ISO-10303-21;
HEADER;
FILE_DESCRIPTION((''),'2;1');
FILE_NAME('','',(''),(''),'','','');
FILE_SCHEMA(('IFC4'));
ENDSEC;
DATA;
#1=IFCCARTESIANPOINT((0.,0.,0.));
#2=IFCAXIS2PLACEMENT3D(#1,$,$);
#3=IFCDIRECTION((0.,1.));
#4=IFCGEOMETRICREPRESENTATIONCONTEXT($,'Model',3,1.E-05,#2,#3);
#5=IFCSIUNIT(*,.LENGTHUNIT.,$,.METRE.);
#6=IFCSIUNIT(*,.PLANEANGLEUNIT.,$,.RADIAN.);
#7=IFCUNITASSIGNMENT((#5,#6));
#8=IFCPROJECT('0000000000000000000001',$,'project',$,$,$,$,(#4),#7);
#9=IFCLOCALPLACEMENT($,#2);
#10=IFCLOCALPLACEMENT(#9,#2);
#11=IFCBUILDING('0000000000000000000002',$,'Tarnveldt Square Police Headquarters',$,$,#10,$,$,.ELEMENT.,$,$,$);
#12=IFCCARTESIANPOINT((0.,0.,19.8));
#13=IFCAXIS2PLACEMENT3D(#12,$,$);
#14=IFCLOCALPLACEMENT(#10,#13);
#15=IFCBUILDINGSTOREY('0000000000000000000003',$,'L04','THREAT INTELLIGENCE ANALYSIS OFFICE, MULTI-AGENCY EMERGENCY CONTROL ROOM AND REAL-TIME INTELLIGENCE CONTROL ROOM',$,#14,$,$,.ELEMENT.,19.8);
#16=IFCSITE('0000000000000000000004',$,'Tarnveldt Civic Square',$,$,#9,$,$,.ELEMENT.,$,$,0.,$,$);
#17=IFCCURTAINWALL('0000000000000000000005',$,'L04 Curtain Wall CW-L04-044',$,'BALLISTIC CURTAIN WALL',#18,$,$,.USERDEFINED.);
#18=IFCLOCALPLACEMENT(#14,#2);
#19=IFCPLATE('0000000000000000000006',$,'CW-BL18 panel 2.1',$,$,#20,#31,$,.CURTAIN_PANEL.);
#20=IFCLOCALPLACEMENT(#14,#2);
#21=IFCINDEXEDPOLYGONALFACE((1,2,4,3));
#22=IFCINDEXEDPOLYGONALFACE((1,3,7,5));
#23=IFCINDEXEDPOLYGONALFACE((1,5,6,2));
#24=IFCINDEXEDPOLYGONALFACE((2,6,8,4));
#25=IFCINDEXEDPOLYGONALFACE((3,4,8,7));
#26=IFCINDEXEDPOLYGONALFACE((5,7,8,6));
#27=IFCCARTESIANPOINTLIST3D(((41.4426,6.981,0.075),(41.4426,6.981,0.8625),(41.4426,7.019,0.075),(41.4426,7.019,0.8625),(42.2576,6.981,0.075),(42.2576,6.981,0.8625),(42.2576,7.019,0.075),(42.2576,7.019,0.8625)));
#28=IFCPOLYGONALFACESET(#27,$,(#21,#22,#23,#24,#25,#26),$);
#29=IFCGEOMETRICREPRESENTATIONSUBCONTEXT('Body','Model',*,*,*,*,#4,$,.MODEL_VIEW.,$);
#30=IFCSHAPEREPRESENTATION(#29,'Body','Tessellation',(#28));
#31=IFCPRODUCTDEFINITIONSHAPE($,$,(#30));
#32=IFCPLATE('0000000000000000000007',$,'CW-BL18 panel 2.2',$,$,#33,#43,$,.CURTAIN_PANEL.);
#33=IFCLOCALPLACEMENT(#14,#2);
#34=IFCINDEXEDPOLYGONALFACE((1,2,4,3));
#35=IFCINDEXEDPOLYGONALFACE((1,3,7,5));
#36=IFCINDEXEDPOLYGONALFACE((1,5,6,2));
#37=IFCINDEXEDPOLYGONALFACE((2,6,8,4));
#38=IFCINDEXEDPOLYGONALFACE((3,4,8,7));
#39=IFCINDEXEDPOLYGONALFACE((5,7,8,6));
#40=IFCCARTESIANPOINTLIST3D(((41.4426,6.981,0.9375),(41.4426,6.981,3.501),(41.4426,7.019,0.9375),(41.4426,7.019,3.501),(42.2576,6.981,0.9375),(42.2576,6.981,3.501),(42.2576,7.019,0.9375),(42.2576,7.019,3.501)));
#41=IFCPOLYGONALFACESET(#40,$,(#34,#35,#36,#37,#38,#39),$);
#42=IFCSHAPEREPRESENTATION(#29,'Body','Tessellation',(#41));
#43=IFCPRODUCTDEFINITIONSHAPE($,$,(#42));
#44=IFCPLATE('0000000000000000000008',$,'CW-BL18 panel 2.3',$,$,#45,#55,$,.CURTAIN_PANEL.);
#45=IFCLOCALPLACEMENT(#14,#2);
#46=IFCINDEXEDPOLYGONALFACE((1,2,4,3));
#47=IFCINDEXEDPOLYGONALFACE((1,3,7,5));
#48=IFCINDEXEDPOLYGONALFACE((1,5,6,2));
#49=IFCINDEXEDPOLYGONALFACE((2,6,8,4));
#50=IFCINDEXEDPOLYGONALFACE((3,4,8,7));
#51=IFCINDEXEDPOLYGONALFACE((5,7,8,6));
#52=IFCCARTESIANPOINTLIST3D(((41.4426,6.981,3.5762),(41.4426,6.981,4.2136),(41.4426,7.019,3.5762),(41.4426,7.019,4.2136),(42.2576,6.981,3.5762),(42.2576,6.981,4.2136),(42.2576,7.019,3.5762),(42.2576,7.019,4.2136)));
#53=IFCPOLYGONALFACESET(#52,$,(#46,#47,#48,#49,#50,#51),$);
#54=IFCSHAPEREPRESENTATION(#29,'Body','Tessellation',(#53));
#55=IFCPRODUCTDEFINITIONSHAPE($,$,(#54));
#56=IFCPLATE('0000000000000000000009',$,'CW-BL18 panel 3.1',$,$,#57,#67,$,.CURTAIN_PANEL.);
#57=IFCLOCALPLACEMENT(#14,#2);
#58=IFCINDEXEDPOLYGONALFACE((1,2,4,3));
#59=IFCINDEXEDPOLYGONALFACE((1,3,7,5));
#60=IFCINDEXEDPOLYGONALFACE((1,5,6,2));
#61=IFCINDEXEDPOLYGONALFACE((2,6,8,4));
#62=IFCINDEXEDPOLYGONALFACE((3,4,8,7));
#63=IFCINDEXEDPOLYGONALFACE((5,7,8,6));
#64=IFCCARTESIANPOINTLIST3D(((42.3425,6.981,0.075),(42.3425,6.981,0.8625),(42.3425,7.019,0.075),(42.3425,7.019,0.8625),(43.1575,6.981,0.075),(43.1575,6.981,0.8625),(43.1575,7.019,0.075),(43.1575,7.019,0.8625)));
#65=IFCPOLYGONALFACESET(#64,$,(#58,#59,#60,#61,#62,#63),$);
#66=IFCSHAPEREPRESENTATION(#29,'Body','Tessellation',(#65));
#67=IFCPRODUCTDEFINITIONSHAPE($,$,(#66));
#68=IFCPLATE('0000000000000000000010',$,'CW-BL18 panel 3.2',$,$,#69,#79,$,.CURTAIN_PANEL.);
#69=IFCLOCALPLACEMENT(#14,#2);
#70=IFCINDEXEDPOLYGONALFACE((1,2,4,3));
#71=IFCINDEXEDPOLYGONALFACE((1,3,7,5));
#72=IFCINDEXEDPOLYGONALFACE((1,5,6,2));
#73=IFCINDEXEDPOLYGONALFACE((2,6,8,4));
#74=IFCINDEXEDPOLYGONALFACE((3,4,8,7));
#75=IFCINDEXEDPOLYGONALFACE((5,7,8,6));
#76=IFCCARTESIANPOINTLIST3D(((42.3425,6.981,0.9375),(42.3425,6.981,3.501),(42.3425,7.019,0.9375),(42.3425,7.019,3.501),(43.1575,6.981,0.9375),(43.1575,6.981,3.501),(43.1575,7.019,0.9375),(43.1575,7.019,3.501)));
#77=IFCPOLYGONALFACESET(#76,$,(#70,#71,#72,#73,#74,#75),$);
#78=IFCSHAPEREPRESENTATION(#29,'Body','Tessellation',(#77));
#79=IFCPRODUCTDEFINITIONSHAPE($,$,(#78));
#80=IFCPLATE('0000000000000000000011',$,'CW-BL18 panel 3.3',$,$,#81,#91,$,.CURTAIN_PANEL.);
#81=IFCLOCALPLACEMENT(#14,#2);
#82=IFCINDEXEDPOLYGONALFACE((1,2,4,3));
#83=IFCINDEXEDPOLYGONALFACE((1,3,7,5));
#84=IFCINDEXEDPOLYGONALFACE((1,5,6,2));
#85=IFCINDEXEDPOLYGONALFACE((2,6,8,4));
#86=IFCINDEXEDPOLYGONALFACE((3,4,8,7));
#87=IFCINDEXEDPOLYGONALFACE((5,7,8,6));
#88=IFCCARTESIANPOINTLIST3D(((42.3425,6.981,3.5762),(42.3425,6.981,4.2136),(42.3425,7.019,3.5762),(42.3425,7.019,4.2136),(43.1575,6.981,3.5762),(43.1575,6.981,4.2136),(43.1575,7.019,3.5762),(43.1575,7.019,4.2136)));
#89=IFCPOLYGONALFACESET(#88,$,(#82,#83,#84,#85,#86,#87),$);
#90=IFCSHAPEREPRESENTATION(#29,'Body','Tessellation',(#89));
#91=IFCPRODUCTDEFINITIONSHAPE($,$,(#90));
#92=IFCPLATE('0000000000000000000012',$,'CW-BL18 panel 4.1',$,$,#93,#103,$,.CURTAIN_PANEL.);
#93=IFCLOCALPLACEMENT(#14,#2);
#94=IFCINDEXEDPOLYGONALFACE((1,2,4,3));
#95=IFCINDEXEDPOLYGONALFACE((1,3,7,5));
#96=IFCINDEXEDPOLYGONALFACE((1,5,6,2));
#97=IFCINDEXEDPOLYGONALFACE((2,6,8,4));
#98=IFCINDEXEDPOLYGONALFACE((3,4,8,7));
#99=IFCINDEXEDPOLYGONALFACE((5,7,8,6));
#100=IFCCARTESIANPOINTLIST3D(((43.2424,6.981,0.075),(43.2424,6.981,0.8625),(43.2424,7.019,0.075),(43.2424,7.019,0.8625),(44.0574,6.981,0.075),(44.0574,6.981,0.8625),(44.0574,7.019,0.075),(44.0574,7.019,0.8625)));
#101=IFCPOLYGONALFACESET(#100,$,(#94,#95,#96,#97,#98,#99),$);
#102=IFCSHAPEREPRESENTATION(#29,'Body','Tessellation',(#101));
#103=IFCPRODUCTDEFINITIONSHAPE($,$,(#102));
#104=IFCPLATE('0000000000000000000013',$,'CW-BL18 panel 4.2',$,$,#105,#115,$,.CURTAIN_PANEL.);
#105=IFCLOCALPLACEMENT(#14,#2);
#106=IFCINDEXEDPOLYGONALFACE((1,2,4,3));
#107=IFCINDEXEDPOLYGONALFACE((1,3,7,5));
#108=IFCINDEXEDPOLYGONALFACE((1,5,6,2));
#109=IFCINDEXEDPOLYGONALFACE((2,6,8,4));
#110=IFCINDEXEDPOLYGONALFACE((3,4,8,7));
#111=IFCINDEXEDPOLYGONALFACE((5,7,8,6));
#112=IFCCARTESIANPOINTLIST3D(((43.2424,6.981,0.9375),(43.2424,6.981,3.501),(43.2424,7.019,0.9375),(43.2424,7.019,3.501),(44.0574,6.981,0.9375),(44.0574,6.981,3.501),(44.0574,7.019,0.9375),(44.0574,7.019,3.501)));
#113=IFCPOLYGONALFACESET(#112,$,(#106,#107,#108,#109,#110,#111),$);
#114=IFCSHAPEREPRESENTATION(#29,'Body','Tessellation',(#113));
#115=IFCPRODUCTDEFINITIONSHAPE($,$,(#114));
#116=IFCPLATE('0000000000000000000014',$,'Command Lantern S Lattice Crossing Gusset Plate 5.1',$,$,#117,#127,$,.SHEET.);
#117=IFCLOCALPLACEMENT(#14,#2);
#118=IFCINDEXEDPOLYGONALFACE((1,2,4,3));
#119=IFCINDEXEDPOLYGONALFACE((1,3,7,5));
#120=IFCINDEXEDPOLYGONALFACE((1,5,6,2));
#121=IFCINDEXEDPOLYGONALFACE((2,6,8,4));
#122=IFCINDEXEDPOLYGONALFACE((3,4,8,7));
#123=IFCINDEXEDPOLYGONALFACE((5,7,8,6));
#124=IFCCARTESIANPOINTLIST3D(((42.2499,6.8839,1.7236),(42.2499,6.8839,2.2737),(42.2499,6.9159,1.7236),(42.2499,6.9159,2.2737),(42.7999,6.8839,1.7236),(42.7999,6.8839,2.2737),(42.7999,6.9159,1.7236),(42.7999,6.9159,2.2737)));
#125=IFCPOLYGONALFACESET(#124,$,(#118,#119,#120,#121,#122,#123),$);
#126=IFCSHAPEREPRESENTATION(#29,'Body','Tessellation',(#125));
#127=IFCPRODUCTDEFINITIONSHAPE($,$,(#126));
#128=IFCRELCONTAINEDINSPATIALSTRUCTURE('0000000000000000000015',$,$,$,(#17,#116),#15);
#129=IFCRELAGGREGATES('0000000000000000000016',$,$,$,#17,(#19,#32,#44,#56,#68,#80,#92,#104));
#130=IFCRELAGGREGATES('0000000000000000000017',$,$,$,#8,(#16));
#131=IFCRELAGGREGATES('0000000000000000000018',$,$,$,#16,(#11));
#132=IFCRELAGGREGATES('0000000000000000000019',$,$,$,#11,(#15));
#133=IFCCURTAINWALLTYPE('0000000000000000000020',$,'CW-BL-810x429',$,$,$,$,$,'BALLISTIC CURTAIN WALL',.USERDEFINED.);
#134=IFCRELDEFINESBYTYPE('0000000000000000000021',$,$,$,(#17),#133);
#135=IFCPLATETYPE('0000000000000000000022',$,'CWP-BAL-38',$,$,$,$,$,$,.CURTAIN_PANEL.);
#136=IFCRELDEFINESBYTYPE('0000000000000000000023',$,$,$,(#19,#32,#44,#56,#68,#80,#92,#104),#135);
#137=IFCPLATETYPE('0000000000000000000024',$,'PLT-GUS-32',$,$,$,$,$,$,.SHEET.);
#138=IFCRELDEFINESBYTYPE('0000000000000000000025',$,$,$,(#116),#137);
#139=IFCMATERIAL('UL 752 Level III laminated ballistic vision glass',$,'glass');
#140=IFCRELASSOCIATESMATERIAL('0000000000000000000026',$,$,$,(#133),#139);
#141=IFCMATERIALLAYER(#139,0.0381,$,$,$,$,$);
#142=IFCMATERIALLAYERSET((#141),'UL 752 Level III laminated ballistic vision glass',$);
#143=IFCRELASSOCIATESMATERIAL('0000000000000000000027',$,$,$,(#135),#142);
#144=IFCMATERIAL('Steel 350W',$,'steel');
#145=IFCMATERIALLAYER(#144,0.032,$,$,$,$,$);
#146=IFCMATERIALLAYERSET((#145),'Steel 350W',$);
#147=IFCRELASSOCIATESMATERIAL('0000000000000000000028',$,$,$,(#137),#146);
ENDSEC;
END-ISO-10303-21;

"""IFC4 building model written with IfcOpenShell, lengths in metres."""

from ifc_helpers import new_model, si_unit, direction, frame, origin, origin_2d, place, context, subcontext, project, spatial, rectangle, extrude, material, layer, layer_set, type_object, element, aggregate, save


model = new_model("IFC4")

# Units and contexts
model_context = context("Model", 3, precision=1e-05, world=origin(), true_north=direction((0.0, 1.0)))
body_context = subcontext(model_context, "Body", "Model", "MODEL_VIEW")
ifc_project = project(units=[si_unit("LENGTHUNIT", "METRE"), si_unit("PLANEANGLEUNIT", "RADIAN")], contexts=[model_context])

# Site, building, storey
site_placement = place(None, origin())
site = spatial("IfcSite", under=ifc_project, at=site_placement, Name="Tarnveldt Civic Square", CompositionType="ELEMENT", RefElevation=0.0)
building_placement = place(site_placement, origin())
building = spatial("IfcBuilding", under=site, at=building_placement, Name="Tarnveldt Square Police Headquarters", CompositionType="ELEMENT")
storey_placement = place(building_placement, frame((0.0, 0.0, 19.8)))
storey = spatial("IfcBuildingStorey", under=building, at=storey_placement, Name="L04", Description="THREAT INTELLIGENCE ANALYSIS OFFICE, MULTI-AGENCY EMERGENCY CONTROL ROOM AND REAL-TIME INTELLIGENCE CONTROL ROOM", CompositionType="ELEMENT", Elevation=19.8)

# Shared definitions
ifc_material_1 = material(Name="Steel 350W", Category="steel")

# Curtain wall
ifc_material_2 = material(Name="UL 752 Level III laminated ballistic vision glass", Category="glass")
curtain_wall_type = type_object("IfcCurtainWallType", Name="CW-BL-810x429", ElementType="BALLISTIC CURTAIN WALL", PredefinedType="USERDEFINED", material=ifc_material_2)
curtain_wall_placement = place(storey_placement, origin())
curtain_wall = element("IfcCurtainWall", 1, at=curtain_wall_placement, inside=storey, type_object=curtain_wall_type, Name="L04 Curtain Wall CW-L04-044", ObjectType="BALLISTIC CURTAIN WALL", PredefinedType="USERDEFINED")

# Plates
ifc_layer_1 = layer(ifc_material_2, 0.0381)
ifc_layer_set_1 = layer_set([ifc_layer_1], Name="UL 752 Level III laminated ballistic vision glass")
plate_type_1 = type_object("IfcPlateType", Name="CWP-BAL-38", PredefinedType="CURTAIN_PANEL", material=ifc_layer_set_1)
plate_1_placement = place(storey_placement, frame((41.8501, 7.0, 0.075), z_axis=(0.0, 0.0, 1.0), x_axis=(1.0, 0.0, 0.0)))
plate_1 = element("IfcPlate", 2, at=plate_1_placement, type_object=plate_type_1, Name="CW-BL18 panel 2.1", PredefinedType="CURTAIN_PANEL", context=body_context, shape_type="SweptSolid", body=[
    extrude(rectangle(XDim=0.8149, YDim=0.0381, at=origin_2d()), origin(), (0.0, 0.0, 1.0), 0.7876),
])
plate_2_placement = place(storey_placement, frame((41.8501, 7.0, 0.9375), z_axis=(0.0, 0.0, 1.0), x_axis=(1.0, 0.0, 0.0)))
plate_2 = element("IfcPlate", 3, at=plate_2_placement, type_object=plate_type_1, Name="CW-BL18 panel 2.2", PredefinedType="CURTAIN_PANEL", context=body_context, shape_type="SweptSolid", body=[
    extrude(rectangle(XDim=0.8149, YDim=0.0381, at=origin_2d()), origin(), (0.0, 0.0, 1.0), 2.5635),
])
plate_3_placement = place(storey_placement, frame((41.8501, 7.0, 3.5762), z_axis=(0.0, 0.0, 1.0), x_axis=(1.0, 0.0, 0.0)))
plate_3 = element("IfcPlate", 4, at=plate_3_placement, type_object=plate_type_1, Name="CW-BL18 panel 2.3", PredefinedType="CURTAIN_PANEL", context=body_context, shape_type="SweptSolid", body=[
    extrude(rectangle(XDim=0.8149, YDim=0.0381, at=origin_2d()), origin(), (0.0, 0.0, 1.0), 0.6375),
])
plate_4_placement = place(storey_placement, frame((42.75, 7.0, 0.075), z_axis=(0.0, 0.0, 1.0), x_axis=(1.0, 0.0, 0.0)))
plate_4 = element("IfcPlate", 5, at=plate_4_placement, type_object=plate_type_1, Name="CW-BL18 panel 3.1", PredefinedType="CURTAIN_PANEL", context=body_context, shape_type="SweptSolid", body=[
    extrude(rectangle(XDim=0.8149, YDim=0.0381, at=origin_2d()), origin(), (0.0, 0.0, 1.0), 0.7876),
])
plate_5_placement = place(storey_placement, frame((42.75, 7.0, 0.9375), z_axis=(0.0, 0.0, 1.0), x_axis=(1.0, 0.0, 0.0)))
plate_5 = element("IfcPlate", 6, at=plate_5_placement, type_object=plate_type_1, Name="CW-BL18 panel 3.2", PredefinedType="CURTAIN_PANEL", context=body_context, shape_type="SweptSolid", body=[
    extrude(rectangle(XDim=0.8149, YDim=0.0381, at=origin_2d()), origin(), (0.0, 0.0, 1.0), 2.5635),
])
plate_6_placement = place(storey_placement, frame((42.75, 7.0, 3.5762), z_axis=(0.0, 0.0, 1.0), x_axis=(1.0, 0.0, 0.0)))
plate_6 = element("IfcPlate", 7, at=plate_6_placement, type_object=plate_type_1, Name="CW-BL18 panel 3.3", PredefinedType="CURTAIN_PANEL", context=body_context, shape_type="SweptSolid", body=[
    extrude(rectangle(XDim=0.8149, YDim=0.0381, at=origin_2d()), origin(), (0.0, 0.0, 1.0), 0.6375),
])
plate_7_placement = place(storey_placement, frame((43.6499, 7.0, 0.075), z_axis=(0.0, 0.0, 1.0), x_axis=(1.0, 0.0, 0.0)))
plate_7 = element("IfcPlate", 8, at=plate_7_placement, type_object=plate_type_1, Name="CW-BL18 panel 4.1", PredefinedType="CURTAIN_PANEL", context=body_context, shape_type="SweptSolid", body=[
    extrude(rectangle(XDim=0.8149, YDim=0.0381, at=origin_2d()), origin(), (0.0, 0.0, 1.0), 0.7876),
])
plate_8_placement = place(storey_placement, frame((43.6499, 7.0, 0.9375), z_axis=(0.0, 0.0, 1.0), x_axis=(1.0, 0.0, 0.0)))
plate_8 = element("IfcPlate", 9, at=plate_8_placement, type_object=plate_type_1, Name="CW-BL18 panel 4.2", PredefinedType="CURTAIN_PANEL", context=body_context, shape_type="SweptSolid", body=[
    extrude(rectangle(XDim=0.8149, YDim=0.0381, at=origin_2d()), origin(), (0.0, 0.0, 1.0), 2.5635),
])
aggregate(curtain_wall, [plate_1, plate_2, plate_3, plate_4, plate_5, plate_6, plate_7, plate_8])
ifc_layer_2 = layer(ifc_material_1, 0.032)
ifc_layer_set_2 = layer_set([ifc_layer_2], Name="Steel 350W")
plate_type_2 = type_object("IfcPlateType", Name="PLT-GUS-32", PredefinedType="SHEET", material=ifc_layer_set_2)
plate_9_placement = place(storey_placement, frame((42.5249, 6.8999, 1.7236), z_axis=(0.0, 0.0, 1.0), x_axis=(1.0, 0.0, 0.0)))
element("IfcPlate", 10, at=plate_9_placement, inside=storey, type_object=plate_type_2, Name="Command Lantern S Lattice Crossing Gusset Plate 5.1", PredefinedType="SHEET", context=body_context, shape_type="SweptSolid", body=[
    extrude(rectangle(XDim=0.55, YDim=0.032, at=origin_2d()), origin(), (0.0, 0.0, 1.0), 0.55),
])

save(model, "model.ifc")
